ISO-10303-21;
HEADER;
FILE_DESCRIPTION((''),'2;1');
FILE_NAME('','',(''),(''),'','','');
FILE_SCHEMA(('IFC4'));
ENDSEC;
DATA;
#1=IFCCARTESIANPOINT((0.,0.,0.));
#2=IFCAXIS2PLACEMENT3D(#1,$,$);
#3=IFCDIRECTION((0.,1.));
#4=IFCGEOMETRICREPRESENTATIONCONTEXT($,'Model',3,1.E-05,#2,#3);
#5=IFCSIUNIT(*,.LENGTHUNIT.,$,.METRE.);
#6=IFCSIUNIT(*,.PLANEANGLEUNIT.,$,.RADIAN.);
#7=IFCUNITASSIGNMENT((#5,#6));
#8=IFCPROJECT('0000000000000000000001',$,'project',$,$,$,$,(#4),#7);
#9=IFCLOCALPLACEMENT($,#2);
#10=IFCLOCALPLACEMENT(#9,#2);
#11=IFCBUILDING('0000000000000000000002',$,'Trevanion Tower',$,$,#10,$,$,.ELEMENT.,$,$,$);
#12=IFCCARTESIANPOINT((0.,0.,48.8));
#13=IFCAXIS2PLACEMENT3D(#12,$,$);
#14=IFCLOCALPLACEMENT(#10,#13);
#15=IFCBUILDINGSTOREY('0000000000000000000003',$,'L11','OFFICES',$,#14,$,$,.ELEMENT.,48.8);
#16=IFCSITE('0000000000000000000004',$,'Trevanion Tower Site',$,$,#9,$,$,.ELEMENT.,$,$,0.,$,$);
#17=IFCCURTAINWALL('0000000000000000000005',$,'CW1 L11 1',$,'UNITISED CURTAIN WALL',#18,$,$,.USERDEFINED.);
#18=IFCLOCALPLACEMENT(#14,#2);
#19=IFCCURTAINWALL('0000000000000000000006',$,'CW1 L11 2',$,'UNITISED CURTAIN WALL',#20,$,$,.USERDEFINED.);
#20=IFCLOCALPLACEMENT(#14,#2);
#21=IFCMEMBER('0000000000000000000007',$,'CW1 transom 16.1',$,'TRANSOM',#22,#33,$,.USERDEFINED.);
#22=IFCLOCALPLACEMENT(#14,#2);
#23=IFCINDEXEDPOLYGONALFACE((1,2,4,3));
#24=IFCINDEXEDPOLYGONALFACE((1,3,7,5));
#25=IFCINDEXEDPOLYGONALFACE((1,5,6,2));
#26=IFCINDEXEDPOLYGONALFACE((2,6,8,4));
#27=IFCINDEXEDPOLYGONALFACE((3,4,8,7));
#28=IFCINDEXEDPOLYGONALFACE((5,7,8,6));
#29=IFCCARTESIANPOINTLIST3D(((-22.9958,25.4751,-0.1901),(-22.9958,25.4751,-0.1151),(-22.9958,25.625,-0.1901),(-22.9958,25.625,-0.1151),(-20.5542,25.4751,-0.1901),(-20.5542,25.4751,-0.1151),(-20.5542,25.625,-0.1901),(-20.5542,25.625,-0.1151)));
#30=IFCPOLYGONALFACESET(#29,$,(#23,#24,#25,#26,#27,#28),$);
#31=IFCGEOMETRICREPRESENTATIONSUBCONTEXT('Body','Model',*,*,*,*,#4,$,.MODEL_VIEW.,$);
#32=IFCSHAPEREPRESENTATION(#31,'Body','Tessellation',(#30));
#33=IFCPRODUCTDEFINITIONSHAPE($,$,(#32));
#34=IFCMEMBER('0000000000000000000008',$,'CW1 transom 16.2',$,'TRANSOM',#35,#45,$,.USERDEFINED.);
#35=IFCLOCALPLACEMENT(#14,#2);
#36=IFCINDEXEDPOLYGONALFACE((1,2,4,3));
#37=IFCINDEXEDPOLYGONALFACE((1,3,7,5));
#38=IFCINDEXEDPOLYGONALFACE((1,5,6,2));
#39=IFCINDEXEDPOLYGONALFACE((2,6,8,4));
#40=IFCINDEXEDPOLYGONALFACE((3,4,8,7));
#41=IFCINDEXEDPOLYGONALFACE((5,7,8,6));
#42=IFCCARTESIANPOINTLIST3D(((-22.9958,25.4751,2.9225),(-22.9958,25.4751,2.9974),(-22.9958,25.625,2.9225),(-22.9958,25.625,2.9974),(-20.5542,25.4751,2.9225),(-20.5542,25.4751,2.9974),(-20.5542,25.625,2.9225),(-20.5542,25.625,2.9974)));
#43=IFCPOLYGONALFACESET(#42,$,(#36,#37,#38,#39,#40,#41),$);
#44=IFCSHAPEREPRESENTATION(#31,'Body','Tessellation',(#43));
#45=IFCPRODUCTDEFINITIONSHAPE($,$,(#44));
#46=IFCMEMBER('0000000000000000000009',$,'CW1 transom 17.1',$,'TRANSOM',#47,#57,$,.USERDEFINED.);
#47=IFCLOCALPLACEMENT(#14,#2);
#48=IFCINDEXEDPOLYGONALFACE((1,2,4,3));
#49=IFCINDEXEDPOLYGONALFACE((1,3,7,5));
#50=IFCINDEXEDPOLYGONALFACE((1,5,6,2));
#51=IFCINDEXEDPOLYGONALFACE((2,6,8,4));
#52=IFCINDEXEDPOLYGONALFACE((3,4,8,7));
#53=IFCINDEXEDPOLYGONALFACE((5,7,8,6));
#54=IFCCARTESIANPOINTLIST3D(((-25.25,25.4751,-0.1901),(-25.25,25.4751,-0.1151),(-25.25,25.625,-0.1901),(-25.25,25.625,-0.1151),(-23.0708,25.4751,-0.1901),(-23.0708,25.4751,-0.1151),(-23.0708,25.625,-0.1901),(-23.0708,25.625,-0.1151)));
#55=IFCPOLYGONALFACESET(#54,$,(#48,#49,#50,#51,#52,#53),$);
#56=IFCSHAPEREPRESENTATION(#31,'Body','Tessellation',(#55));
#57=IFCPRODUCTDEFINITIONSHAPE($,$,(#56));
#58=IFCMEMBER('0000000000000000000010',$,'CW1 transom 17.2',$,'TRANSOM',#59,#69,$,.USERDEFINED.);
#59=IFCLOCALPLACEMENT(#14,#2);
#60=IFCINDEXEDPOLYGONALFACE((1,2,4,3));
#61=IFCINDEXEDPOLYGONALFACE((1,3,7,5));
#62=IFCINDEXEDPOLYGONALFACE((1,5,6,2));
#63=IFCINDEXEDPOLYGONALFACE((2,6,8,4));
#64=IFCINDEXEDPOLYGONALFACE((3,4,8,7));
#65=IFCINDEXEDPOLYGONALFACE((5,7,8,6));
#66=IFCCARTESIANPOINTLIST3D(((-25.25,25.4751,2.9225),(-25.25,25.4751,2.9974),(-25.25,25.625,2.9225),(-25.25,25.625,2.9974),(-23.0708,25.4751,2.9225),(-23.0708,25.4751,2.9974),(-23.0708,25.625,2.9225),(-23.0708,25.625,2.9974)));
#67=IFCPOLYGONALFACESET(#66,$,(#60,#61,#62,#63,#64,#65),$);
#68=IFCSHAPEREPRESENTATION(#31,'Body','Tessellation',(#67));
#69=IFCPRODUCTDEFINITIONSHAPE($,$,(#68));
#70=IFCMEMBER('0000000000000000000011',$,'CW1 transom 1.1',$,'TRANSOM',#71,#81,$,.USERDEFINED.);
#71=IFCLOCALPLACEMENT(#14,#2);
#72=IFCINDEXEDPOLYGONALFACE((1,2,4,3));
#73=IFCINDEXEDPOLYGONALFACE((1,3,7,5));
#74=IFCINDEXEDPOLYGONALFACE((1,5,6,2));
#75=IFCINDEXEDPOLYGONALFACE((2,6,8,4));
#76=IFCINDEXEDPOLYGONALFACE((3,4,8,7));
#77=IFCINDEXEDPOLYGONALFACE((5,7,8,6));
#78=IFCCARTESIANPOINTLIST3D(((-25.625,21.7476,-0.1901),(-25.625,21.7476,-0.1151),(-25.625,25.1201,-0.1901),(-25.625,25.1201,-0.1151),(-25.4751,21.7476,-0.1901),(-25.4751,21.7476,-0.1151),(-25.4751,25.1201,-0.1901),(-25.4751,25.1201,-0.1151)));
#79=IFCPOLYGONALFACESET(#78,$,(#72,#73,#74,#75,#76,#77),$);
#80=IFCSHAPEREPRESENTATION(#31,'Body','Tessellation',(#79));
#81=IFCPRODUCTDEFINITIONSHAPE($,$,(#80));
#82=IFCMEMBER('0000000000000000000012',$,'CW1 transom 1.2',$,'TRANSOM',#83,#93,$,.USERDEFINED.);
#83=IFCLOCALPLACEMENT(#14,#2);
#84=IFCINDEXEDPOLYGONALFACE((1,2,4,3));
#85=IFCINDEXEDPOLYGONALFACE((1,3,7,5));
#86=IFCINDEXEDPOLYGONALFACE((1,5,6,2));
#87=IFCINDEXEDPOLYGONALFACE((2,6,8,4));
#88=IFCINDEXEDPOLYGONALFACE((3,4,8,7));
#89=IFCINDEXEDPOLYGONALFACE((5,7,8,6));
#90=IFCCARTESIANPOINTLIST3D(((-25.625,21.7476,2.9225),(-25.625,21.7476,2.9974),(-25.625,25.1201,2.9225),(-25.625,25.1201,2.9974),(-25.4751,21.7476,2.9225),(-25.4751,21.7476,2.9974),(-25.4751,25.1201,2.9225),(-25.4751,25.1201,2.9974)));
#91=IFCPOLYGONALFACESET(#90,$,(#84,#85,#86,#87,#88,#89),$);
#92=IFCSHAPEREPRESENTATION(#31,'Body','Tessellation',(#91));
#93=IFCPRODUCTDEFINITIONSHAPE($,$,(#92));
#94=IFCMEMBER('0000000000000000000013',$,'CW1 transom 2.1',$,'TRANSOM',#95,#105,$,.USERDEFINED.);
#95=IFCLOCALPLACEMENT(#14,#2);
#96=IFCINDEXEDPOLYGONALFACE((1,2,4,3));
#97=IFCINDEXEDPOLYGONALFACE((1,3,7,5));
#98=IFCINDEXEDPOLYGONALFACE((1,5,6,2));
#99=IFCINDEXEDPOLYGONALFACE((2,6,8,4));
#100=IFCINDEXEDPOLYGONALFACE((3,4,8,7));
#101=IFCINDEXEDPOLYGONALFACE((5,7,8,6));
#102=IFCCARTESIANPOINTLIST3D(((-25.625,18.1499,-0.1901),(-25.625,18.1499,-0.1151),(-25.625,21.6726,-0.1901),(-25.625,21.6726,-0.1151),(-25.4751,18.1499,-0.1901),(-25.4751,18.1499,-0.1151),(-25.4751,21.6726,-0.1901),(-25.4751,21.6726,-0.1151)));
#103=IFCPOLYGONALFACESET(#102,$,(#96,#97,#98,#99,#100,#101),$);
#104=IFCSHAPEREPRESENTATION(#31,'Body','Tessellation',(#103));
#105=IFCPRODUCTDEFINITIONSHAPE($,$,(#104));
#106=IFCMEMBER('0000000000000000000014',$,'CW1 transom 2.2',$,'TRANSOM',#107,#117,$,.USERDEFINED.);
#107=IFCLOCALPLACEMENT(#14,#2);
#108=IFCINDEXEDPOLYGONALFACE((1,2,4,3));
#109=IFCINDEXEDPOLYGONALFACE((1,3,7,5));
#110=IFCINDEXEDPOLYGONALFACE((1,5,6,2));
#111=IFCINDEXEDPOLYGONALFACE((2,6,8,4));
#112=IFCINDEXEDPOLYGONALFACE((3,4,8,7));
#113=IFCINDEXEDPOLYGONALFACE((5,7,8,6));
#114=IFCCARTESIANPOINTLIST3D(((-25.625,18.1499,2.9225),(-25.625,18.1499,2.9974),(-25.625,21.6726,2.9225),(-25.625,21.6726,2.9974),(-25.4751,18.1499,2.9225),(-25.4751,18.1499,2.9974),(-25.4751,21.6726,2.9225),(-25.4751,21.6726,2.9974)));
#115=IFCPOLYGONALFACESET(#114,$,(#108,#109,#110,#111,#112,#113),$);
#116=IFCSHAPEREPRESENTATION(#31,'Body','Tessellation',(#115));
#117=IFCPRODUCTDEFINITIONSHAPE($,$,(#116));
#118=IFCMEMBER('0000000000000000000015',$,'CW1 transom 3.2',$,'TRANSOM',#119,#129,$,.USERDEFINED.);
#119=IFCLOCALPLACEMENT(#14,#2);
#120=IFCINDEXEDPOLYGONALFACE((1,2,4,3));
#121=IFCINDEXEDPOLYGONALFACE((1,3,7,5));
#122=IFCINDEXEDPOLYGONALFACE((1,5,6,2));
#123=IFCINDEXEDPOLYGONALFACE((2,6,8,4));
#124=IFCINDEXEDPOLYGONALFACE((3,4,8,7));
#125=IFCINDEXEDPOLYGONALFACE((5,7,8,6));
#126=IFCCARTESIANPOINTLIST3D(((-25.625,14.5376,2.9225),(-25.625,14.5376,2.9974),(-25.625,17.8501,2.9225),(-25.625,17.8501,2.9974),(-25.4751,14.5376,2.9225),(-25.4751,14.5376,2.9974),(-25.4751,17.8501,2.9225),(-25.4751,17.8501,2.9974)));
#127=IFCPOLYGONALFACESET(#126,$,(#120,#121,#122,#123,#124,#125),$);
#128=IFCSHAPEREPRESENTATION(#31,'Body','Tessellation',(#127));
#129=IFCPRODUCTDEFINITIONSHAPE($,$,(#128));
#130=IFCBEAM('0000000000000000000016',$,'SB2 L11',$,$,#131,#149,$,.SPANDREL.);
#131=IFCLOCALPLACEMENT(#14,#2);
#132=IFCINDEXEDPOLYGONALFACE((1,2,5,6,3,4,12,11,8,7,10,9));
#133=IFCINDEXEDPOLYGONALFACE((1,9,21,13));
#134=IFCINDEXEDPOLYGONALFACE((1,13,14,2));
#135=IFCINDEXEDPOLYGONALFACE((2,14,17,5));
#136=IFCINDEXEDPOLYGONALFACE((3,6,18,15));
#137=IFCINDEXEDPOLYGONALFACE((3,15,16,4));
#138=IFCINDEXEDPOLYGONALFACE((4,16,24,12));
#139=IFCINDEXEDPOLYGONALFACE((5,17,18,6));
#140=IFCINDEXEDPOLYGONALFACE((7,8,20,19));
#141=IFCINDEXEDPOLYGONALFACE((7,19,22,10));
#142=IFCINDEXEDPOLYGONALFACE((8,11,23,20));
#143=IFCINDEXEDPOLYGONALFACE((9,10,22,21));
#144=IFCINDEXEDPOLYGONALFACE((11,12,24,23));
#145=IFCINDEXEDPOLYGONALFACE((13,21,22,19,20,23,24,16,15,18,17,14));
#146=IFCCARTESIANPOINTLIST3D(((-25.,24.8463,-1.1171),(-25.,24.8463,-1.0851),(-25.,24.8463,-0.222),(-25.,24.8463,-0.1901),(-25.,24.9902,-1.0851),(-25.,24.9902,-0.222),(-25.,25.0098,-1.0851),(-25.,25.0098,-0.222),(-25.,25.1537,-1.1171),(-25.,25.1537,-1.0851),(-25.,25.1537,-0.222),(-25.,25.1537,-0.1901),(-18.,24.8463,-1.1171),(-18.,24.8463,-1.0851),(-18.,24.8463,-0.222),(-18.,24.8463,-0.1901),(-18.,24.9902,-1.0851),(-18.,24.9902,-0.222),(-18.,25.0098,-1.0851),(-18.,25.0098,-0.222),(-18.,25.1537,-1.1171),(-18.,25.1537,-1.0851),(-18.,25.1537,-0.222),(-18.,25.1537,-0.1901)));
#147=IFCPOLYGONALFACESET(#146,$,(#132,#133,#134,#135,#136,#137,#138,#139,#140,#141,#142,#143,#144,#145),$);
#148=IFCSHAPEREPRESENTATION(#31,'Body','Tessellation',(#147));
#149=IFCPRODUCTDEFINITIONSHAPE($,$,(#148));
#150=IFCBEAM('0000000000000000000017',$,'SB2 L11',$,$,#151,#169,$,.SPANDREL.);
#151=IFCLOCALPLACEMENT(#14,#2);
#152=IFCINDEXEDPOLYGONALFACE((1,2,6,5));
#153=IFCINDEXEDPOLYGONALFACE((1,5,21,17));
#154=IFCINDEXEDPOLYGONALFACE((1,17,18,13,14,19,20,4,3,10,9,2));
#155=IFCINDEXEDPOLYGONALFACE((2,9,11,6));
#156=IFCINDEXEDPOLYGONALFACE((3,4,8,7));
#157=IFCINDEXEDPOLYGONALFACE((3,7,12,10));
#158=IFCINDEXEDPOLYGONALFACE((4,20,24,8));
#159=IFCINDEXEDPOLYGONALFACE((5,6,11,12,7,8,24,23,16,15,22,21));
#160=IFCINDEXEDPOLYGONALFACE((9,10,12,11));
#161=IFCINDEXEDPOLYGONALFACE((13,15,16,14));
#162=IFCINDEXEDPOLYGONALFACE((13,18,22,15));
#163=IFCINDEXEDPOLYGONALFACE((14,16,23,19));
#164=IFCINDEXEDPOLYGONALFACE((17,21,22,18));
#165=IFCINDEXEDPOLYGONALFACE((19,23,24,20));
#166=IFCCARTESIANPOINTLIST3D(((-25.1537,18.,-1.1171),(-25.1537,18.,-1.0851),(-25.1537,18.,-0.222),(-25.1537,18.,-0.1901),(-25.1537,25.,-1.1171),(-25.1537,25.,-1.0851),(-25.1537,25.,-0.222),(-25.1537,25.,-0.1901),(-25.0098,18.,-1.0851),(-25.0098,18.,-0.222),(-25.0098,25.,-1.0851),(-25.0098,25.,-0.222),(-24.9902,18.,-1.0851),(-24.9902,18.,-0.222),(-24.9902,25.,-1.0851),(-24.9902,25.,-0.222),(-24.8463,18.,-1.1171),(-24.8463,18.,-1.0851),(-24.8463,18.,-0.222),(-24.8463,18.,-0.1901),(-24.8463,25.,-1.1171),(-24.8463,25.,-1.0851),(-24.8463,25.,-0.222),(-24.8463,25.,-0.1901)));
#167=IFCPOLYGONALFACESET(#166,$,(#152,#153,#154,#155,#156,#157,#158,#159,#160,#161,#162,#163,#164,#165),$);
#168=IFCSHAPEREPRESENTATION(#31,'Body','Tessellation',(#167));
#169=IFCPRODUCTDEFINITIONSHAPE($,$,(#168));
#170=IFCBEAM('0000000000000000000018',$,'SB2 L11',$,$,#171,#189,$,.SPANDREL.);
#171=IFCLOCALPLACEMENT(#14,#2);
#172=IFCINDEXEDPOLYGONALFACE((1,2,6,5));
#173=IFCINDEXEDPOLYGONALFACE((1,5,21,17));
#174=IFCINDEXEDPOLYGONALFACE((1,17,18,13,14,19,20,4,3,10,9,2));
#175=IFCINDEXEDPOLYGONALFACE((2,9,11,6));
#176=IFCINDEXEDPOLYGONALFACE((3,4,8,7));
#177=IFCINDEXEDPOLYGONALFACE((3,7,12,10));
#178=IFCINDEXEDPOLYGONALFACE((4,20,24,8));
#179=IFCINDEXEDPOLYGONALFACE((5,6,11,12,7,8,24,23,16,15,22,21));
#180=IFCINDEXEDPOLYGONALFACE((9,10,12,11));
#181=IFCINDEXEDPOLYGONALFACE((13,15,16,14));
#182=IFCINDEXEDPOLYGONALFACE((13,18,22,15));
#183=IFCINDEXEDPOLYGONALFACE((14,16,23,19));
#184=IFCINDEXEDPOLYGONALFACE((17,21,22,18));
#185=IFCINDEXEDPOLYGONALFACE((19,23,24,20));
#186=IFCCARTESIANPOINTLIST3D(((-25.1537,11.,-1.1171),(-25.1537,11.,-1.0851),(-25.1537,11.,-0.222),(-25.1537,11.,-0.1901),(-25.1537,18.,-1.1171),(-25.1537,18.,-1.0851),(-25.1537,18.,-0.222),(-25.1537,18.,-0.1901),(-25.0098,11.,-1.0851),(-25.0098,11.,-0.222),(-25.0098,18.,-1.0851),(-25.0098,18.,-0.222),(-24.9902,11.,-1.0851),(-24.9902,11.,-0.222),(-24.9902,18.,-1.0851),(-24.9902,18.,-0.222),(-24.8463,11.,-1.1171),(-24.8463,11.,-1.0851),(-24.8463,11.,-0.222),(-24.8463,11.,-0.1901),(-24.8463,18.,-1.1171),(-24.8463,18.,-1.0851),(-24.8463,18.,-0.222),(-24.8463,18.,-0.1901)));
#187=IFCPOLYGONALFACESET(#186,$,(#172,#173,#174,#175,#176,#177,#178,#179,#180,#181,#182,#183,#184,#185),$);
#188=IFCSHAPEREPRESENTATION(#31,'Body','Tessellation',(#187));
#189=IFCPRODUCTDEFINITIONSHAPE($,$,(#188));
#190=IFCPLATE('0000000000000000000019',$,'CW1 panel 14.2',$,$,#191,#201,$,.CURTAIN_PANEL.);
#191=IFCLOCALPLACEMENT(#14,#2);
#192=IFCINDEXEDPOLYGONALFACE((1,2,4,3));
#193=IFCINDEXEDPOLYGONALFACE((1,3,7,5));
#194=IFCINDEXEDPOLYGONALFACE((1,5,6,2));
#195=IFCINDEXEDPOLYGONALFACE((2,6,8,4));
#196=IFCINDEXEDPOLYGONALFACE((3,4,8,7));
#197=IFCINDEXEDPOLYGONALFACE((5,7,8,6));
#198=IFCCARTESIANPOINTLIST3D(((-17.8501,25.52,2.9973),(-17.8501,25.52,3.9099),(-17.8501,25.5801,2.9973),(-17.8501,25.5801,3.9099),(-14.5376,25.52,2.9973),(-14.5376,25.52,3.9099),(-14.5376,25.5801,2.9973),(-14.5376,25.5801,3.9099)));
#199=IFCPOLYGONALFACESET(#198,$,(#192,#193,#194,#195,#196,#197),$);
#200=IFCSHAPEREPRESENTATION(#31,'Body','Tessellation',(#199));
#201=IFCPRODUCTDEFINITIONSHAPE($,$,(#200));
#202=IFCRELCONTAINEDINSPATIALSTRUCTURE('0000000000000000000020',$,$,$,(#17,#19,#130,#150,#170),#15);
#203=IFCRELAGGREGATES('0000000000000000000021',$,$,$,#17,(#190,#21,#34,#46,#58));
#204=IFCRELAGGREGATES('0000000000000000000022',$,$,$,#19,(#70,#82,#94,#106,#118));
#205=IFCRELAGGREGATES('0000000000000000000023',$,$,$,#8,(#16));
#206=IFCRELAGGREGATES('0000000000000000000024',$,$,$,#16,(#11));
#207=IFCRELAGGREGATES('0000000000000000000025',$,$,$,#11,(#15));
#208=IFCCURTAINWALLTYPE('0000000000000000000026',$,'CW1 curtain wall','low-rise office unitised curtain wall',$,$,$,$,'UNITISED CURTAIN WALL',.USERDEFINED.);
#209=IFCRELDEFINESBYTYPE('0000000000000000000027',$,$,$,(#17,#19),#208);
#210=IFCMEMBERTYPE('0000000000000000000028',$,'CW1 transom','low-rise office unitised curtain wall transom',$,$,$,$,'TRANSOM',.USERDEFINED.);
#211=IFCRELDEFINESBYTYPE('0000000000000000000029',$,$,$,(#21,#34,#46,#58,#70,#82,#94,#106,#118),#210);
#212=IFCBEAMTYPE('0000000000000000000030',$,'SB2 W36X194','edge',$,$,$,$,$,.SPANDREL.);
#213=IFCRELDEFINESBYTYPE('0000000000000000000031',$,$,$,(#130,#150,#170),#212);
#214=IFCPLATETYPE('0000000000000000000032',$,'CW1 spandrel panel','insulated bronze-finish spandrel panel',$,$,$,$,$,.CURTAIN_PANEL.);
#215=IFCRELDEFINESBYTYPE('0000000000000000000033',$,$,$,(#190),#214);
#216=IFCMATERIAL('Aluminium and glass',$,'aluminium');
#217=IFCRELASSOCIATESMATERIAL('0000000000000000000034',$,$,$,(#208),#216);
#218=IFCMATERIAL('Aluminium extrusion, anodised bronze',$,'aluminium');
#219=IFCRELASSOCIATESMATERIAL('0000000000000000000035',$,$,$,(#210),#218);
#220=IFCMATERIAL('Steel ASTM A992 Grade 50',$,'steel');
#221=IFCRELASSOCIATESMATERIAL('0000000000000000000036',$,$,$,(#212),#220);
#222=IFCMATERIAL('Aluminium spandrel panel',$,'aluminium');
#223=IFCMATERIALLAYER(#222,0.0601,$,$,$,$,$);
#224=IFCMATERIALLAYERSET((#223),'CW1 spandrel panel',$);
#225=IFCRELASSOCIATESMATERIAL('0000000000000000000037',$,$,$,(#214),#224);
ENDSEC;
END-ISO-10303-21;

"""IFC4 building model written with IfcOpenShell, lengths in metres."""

from ifc_helpers import new_model, si_unit, direction, frame, origin, origin_2d, place, context, subcontext, project, spatial, rectangle, i_section, extrude, material, layer, layer_set, material_profile, profile_set, type_object, element, aggregate, save


model = new_model("IFC4")

# Units and contexts
model_context = context("Model", 3, precision=1e-05, world=origin(), true_north=direction((0.0, 1.0)))
body_context = subcontext(model_context, "Body", "Model", "MODEL_VIEW")
ifc_project = project(units=[si_unit("LENGTHUNIT", "METRE"), si_unit("PLANEANGLEUNIT", "RADIAN")], contexts=[model_context])

# Site, building, storey
site_placement = place(None, origin())
site = spatial("IfcSite", under=ifc_project, at=site_placement, Name="Trevanion Tower Site", CompositionType="ELEMENT", RefElevation=0.0)
building_placement = place(site_placement, origin())
building = spatial("IfcBuilding", under=site, at=building_placement, Name="Trevanion Tower", CompositionType="ELEMENT")
storey_placement = place(building_placement, frame((0.0, 0.0, 48.8)))
storey = spatial("IfcBuildingStorey", under=building, at=storey_placement, Name="L11", Description="OFFICES", CompositionType="ELEMENT", Elevation=48.8)

# Curtain wall
ifc_material_1 = material(Name="Aluminium and glass", Category="aluminium")
curtain_wall_type = type_object("IfcCurtainWallType", Name="CW1 curtain wall", Description="low-rise office unitised curtain wall", ElementType="UNITISED CURTAIN WALL", PredefinedType="USERDEFINED", material=ifc_material_1)
curtain_wall_1_placement = place(storey_placement, origin())
curtain_wall_1 = element("IfcCurtainWall", 1, at=curtain_wall_1_placement, inside=storey, type_object=curtain_wall_type, Name="CW1 L11 1", ObjectType="UNITISED CURTAIN WALL", PredefinedType="USERDEFINED")

# Curtain wall
curtain_wall_2_placement = place(storey_placement, origin())
curtain_wall_2 = element("IfcCurtainWall", 2, at=curtain_wall_2_placement, inside=storey, type_object=curtain_wall_type, Name="CW1 L11 2", ObjectType="UNITISED CURTAIN WALL", PredefinedType="USERDEFINED")

# Members
ifc_material_2 = material(Name="Aluminium extrusion, anodised bronze", Category="aluminium")
ifc_material_profile_1 = material_profile(ifc_material_2, rectangle(XDim=0.1499, YDim=0.075, at=origin_2d()), Name="CW1 transom")
ifc_profile_set_1 = profile_set([ifc_material_profile_1], Name="Aluminium extrusion, anodised bronze")
member_type_1 = type_object("IfcMemberType", Name="CW1 transom", Description="low-rise office unitised curtain wall transom", ElementType="TRANSOM", PredefinedType="USERDEFINED", material=ifc_profile_set_1)
member_1_placement = place(storey_placement, frame((-20.5542, 25.55, -0.1526), z_axis=(-1.0, 0.0, 0.0), x_axis=(0.0, -1.0, 0.0)))
member_1 = element("IfcMember", 3, at=member_1_placement, type_object=member_type_1, Name="CW1 transom 16.1", ObjectType="TRANSOM", PredefinedType="USERDEFINED", context=body_context, shape_type="SweptSolid", body=[
    extrude(rectangle(XDim=0.1499, YDim=0.075, at=origin_2d()), origin(), (0.0, 0.0, 1.0), 2.4417),
])
member_2_placement = place(storey_placement, frame((-20.5542, 25.55, 2.96), z_axis=(-1.0, 0.0, 0.0), x_axis=(0.0, -1.0, 0.0)))
member_2 = element("IfcMember", 4, at=member_2_placement, type_object=member_type_1, Name="CW1 transom 16.2", ObjectType="TRANSOM", PredefinedType="USERDEFINED", context=body_context, shape_type="SweptSolid", body=[
    extrude(rectangle(XDim=0.1499, YDim=0.075, at=origin_2d()), origin(), (0.0, 0.0, 1.0), 2.4417),
])
member_3_placement = place(storey_placement, frame((-23.0708, 25.55, -0.1526), z_axis=(-1.0, 0.0, 0.0), x_axis=(0.0, -1.0, 0.0)))
member_3 = element("IfcMember", 5, at=member_3_placement, type_object=member_type_1, Name="CW1 transom 17.1", ObjectType="TRANSOM", PredefinedType="USERDEFINED", context=body_context, shape_type="SweptSolid", body=[
    extrude(rectangle(XDim=0.1499, YDim=0.075, at=origin_2d()), origin(), (0.0, 0.0, 1.0), 2.1792),
])
member_4_placement = place(storey_placement, frame((-23.0708, 25.55, 2.96), z_axis=(-1.0, 0.0, 0.0), x_axis=(0.0, -1.0, 0.0)))
member_4 = element("IfcMember", 6, at=member_4_placement, type_object=member_type_1, Name="CW1 transom 17.2", ObjectType="TRANSOM", PredefinedType="USERDEFINED", context=body_context, shape_type="SweptSolid", body=[
    extrude(rectangle(XDim=0.1499, YDim=0.075, at=origin_2d()), origin(), (0.0, 0.0, 1.0), 2.1792),
])
member_5_placement = place(storey_placement, frame((-25.55, 25.1201, -0.1526), z_axis=(0.0, -1.0, 0.0), x_axis=(1.0, 0.0, 0.0)))
member_5 = element("IfcMember", 7, at=member_5_placement, type_object=member_type_1, Name="CW1 transom 1.1", ObjectType="TRANSOM", PredefinedType="USERDEFINED", context=body_context, shape_type="SweptSolid", body=[
    extrude(rectangle(XDim=0.1499, YDim=0.075, at=origin_2d()), origin(), (0.0, 0.0, 1.0), 3.3726),
])
member_6_placement = place(storey_placement, frame((-25.55, 25.1201, 2.96), z_axis=(0.0, -1.0, 0.0), x_axis=(1.0, 0.0, 0.0)))
member_6 = element("IfcMember", 8, at=member_6_placement, type_object=member_type_1, Name="CW1 transom 1.2", ObjectType="TRANSOM", PredefinedType="USERDEFINED", context=body_context, shape_type="SweptSolid", body=[
    extrude(rectangle(XDim=0.1499, YDim=0.075, at=origin_2d()), origin(), (0.0, 0.0, 1.0), 3.3726),
])
member_7_placement = place(storey_placement, frame((-25.55, 21.6726, -0.1526), z_axis=(0.0, -1.0, 0.0), x_axis=(1.0, 0.0, 0.0)))
member_7 = element("IfcMember", 9, at=member_7_placement, type_object=member_type_1, Name="CW1 transom 2.1", ObjectType="TRANSOM", PredefinedType="USERDEFINED", context=body_context, shape_type="SweptSolid", body=[
    extrude(rectangle(XDim=0.1499, YDim=0.075, at=origin_2d()), origin(), (0.0, 0.0, 1.0), 3.5227),
])
member_8_placement = place(storey_placement, frame((-25.55, 21.6726, 2.96), z_axis=(0.0, -1.0, 0.0), x_axis=(1.0, 0.0, 0.0)))
member_8 = element("IfcMember", 10, at=member_8_placement, type_object=member_type_1, Name="CW1 transom 2.2", ObjectType="TRANSOM", PredefinedType="USERDEFINED", context=body_context, shape_type="SweptSolid", body=[
    extrude(rectangle(XDim=0.1499, YDim=0.075, at=origin_2d()), origin(), (0.0, 0.0, 1.0), 3.5227),
])
member_9_placement = place(storey_placement, frame((-25.55, 17.8501, 2.96), z_axis=(0.0, -1.0, 0.0), x_axis=(1.0, 0.0, 0.0)))
member_9 = element("IfcMember", 11, at=member_9_placement, type_object=member_type_1, Name="CW1 transom 3.2", ObjectType="TRANSOM", PredefinedType="USERDEFINED", context=body_context, shape_type="SweptSolid", body=[
    extrude(rectangle(XDim=0.1499, YDim=0.075, at=origin_2d()), origin(), (0.0, 0.0, 1.0), 3.3125),
])

# Beams
ifc_material_3 = material(Name="Steel ASTM A992 Grade 50", Category="steel")
ifc_material_profile_2 = material_profile(ifc_material_3, i_section(OverallWidth=0.3074, OverallDepth=0.927, WebThickness=0.0195, FlangeThickness=0.032, at=origin_2d()), Name="W36X194")
ifc_profile_set_2 = profile_set([ifc_material_profile_2], Name="Steel ASTM A992 Grade 50")
beam_type = type_object("IfcBeamType", Name="SB2 W36X194", Description="edge", PredefinedType="SPANDREL", material=ifc_profile_set_2)
for number, where, z_axis, x_axis, name in (
    (12, (-18.0, 25.0, -0.6536), (-1.0, 0.0, 0.0), (0.0, -1.0, 0.0), "SB2 L11"),
    (13, (-25.0, 25.0, -0.6536), (0.0, -1.0, 0.0), (1.0, 0.0, 0.0), "SB2 L11"),
    (14, (-25.0, 18.0, -0.6536), (0.0, -1.0, 0.0), (1.0, 0.0, 0.0), "SB2 L11"),
):
    element("IfcBeam", number, at=place(storey_placement, frame(where, z_axis=z_axis, x_axis=x_axis)), inside=storey, type_object=beam_type, Name=name, PredefinedType="SPANDREL", context=body_context, shape_type="SweptSolid", body=[
        extrude(i_section(OverallWidth=0.3074, OverallDepth=0.927, WebThickness=0.0195, FlangeThickness=0.032, at=origin_2d()), origin(), (0.0, 0.0, 1.0), 7.0),
    ])

# Plate
ifc_material_4 = material(Name="Aluminium spandrel panel", Category="aluminium")
ifc_layer_1 = layer(ifc_material_4, 0.0601)
ifc_layer_set_1 = layer_set([ifc_layer_1], Name="CW1 spandrel panel")
plate_type_1 = type_object("IfcPlateType", Name="CW1 spandrel panel", Description="insulated bronze-finish spandrel panel", PredefinedType="CURTAIN_PANEL", material=ifc_layer_set_1)
plate_1_placement = place(storey_placement, frame((-16.1938, 25.55, 2.9973), z_axis=(0.0, 0.0, 1.0), x_axis=(-1.0, 0.0, 0.0)))
plate_1 = element("IfcPlate", 15, at=plate_1_placement, type_object=plate_type_1, Name="CW1 panel 14.2", PredefinedType="CURTAIN_PANEL", context=body_context, shape_type="SweptSolid", body=[
    extrude(rectangle(XDim=3.3125, YDim=0.0601, at=origin_2d()), origin(), (0.0, 0.0, 1.0), 0.9126),
])
aggregate(curtain_wall_1, [plate_1, member_1, member_2, member_3, member_4])
aggregate(curtain_wall_2, [member_5, member_6, member_7, member_8, member_9])

save(model, "model.ifc")
